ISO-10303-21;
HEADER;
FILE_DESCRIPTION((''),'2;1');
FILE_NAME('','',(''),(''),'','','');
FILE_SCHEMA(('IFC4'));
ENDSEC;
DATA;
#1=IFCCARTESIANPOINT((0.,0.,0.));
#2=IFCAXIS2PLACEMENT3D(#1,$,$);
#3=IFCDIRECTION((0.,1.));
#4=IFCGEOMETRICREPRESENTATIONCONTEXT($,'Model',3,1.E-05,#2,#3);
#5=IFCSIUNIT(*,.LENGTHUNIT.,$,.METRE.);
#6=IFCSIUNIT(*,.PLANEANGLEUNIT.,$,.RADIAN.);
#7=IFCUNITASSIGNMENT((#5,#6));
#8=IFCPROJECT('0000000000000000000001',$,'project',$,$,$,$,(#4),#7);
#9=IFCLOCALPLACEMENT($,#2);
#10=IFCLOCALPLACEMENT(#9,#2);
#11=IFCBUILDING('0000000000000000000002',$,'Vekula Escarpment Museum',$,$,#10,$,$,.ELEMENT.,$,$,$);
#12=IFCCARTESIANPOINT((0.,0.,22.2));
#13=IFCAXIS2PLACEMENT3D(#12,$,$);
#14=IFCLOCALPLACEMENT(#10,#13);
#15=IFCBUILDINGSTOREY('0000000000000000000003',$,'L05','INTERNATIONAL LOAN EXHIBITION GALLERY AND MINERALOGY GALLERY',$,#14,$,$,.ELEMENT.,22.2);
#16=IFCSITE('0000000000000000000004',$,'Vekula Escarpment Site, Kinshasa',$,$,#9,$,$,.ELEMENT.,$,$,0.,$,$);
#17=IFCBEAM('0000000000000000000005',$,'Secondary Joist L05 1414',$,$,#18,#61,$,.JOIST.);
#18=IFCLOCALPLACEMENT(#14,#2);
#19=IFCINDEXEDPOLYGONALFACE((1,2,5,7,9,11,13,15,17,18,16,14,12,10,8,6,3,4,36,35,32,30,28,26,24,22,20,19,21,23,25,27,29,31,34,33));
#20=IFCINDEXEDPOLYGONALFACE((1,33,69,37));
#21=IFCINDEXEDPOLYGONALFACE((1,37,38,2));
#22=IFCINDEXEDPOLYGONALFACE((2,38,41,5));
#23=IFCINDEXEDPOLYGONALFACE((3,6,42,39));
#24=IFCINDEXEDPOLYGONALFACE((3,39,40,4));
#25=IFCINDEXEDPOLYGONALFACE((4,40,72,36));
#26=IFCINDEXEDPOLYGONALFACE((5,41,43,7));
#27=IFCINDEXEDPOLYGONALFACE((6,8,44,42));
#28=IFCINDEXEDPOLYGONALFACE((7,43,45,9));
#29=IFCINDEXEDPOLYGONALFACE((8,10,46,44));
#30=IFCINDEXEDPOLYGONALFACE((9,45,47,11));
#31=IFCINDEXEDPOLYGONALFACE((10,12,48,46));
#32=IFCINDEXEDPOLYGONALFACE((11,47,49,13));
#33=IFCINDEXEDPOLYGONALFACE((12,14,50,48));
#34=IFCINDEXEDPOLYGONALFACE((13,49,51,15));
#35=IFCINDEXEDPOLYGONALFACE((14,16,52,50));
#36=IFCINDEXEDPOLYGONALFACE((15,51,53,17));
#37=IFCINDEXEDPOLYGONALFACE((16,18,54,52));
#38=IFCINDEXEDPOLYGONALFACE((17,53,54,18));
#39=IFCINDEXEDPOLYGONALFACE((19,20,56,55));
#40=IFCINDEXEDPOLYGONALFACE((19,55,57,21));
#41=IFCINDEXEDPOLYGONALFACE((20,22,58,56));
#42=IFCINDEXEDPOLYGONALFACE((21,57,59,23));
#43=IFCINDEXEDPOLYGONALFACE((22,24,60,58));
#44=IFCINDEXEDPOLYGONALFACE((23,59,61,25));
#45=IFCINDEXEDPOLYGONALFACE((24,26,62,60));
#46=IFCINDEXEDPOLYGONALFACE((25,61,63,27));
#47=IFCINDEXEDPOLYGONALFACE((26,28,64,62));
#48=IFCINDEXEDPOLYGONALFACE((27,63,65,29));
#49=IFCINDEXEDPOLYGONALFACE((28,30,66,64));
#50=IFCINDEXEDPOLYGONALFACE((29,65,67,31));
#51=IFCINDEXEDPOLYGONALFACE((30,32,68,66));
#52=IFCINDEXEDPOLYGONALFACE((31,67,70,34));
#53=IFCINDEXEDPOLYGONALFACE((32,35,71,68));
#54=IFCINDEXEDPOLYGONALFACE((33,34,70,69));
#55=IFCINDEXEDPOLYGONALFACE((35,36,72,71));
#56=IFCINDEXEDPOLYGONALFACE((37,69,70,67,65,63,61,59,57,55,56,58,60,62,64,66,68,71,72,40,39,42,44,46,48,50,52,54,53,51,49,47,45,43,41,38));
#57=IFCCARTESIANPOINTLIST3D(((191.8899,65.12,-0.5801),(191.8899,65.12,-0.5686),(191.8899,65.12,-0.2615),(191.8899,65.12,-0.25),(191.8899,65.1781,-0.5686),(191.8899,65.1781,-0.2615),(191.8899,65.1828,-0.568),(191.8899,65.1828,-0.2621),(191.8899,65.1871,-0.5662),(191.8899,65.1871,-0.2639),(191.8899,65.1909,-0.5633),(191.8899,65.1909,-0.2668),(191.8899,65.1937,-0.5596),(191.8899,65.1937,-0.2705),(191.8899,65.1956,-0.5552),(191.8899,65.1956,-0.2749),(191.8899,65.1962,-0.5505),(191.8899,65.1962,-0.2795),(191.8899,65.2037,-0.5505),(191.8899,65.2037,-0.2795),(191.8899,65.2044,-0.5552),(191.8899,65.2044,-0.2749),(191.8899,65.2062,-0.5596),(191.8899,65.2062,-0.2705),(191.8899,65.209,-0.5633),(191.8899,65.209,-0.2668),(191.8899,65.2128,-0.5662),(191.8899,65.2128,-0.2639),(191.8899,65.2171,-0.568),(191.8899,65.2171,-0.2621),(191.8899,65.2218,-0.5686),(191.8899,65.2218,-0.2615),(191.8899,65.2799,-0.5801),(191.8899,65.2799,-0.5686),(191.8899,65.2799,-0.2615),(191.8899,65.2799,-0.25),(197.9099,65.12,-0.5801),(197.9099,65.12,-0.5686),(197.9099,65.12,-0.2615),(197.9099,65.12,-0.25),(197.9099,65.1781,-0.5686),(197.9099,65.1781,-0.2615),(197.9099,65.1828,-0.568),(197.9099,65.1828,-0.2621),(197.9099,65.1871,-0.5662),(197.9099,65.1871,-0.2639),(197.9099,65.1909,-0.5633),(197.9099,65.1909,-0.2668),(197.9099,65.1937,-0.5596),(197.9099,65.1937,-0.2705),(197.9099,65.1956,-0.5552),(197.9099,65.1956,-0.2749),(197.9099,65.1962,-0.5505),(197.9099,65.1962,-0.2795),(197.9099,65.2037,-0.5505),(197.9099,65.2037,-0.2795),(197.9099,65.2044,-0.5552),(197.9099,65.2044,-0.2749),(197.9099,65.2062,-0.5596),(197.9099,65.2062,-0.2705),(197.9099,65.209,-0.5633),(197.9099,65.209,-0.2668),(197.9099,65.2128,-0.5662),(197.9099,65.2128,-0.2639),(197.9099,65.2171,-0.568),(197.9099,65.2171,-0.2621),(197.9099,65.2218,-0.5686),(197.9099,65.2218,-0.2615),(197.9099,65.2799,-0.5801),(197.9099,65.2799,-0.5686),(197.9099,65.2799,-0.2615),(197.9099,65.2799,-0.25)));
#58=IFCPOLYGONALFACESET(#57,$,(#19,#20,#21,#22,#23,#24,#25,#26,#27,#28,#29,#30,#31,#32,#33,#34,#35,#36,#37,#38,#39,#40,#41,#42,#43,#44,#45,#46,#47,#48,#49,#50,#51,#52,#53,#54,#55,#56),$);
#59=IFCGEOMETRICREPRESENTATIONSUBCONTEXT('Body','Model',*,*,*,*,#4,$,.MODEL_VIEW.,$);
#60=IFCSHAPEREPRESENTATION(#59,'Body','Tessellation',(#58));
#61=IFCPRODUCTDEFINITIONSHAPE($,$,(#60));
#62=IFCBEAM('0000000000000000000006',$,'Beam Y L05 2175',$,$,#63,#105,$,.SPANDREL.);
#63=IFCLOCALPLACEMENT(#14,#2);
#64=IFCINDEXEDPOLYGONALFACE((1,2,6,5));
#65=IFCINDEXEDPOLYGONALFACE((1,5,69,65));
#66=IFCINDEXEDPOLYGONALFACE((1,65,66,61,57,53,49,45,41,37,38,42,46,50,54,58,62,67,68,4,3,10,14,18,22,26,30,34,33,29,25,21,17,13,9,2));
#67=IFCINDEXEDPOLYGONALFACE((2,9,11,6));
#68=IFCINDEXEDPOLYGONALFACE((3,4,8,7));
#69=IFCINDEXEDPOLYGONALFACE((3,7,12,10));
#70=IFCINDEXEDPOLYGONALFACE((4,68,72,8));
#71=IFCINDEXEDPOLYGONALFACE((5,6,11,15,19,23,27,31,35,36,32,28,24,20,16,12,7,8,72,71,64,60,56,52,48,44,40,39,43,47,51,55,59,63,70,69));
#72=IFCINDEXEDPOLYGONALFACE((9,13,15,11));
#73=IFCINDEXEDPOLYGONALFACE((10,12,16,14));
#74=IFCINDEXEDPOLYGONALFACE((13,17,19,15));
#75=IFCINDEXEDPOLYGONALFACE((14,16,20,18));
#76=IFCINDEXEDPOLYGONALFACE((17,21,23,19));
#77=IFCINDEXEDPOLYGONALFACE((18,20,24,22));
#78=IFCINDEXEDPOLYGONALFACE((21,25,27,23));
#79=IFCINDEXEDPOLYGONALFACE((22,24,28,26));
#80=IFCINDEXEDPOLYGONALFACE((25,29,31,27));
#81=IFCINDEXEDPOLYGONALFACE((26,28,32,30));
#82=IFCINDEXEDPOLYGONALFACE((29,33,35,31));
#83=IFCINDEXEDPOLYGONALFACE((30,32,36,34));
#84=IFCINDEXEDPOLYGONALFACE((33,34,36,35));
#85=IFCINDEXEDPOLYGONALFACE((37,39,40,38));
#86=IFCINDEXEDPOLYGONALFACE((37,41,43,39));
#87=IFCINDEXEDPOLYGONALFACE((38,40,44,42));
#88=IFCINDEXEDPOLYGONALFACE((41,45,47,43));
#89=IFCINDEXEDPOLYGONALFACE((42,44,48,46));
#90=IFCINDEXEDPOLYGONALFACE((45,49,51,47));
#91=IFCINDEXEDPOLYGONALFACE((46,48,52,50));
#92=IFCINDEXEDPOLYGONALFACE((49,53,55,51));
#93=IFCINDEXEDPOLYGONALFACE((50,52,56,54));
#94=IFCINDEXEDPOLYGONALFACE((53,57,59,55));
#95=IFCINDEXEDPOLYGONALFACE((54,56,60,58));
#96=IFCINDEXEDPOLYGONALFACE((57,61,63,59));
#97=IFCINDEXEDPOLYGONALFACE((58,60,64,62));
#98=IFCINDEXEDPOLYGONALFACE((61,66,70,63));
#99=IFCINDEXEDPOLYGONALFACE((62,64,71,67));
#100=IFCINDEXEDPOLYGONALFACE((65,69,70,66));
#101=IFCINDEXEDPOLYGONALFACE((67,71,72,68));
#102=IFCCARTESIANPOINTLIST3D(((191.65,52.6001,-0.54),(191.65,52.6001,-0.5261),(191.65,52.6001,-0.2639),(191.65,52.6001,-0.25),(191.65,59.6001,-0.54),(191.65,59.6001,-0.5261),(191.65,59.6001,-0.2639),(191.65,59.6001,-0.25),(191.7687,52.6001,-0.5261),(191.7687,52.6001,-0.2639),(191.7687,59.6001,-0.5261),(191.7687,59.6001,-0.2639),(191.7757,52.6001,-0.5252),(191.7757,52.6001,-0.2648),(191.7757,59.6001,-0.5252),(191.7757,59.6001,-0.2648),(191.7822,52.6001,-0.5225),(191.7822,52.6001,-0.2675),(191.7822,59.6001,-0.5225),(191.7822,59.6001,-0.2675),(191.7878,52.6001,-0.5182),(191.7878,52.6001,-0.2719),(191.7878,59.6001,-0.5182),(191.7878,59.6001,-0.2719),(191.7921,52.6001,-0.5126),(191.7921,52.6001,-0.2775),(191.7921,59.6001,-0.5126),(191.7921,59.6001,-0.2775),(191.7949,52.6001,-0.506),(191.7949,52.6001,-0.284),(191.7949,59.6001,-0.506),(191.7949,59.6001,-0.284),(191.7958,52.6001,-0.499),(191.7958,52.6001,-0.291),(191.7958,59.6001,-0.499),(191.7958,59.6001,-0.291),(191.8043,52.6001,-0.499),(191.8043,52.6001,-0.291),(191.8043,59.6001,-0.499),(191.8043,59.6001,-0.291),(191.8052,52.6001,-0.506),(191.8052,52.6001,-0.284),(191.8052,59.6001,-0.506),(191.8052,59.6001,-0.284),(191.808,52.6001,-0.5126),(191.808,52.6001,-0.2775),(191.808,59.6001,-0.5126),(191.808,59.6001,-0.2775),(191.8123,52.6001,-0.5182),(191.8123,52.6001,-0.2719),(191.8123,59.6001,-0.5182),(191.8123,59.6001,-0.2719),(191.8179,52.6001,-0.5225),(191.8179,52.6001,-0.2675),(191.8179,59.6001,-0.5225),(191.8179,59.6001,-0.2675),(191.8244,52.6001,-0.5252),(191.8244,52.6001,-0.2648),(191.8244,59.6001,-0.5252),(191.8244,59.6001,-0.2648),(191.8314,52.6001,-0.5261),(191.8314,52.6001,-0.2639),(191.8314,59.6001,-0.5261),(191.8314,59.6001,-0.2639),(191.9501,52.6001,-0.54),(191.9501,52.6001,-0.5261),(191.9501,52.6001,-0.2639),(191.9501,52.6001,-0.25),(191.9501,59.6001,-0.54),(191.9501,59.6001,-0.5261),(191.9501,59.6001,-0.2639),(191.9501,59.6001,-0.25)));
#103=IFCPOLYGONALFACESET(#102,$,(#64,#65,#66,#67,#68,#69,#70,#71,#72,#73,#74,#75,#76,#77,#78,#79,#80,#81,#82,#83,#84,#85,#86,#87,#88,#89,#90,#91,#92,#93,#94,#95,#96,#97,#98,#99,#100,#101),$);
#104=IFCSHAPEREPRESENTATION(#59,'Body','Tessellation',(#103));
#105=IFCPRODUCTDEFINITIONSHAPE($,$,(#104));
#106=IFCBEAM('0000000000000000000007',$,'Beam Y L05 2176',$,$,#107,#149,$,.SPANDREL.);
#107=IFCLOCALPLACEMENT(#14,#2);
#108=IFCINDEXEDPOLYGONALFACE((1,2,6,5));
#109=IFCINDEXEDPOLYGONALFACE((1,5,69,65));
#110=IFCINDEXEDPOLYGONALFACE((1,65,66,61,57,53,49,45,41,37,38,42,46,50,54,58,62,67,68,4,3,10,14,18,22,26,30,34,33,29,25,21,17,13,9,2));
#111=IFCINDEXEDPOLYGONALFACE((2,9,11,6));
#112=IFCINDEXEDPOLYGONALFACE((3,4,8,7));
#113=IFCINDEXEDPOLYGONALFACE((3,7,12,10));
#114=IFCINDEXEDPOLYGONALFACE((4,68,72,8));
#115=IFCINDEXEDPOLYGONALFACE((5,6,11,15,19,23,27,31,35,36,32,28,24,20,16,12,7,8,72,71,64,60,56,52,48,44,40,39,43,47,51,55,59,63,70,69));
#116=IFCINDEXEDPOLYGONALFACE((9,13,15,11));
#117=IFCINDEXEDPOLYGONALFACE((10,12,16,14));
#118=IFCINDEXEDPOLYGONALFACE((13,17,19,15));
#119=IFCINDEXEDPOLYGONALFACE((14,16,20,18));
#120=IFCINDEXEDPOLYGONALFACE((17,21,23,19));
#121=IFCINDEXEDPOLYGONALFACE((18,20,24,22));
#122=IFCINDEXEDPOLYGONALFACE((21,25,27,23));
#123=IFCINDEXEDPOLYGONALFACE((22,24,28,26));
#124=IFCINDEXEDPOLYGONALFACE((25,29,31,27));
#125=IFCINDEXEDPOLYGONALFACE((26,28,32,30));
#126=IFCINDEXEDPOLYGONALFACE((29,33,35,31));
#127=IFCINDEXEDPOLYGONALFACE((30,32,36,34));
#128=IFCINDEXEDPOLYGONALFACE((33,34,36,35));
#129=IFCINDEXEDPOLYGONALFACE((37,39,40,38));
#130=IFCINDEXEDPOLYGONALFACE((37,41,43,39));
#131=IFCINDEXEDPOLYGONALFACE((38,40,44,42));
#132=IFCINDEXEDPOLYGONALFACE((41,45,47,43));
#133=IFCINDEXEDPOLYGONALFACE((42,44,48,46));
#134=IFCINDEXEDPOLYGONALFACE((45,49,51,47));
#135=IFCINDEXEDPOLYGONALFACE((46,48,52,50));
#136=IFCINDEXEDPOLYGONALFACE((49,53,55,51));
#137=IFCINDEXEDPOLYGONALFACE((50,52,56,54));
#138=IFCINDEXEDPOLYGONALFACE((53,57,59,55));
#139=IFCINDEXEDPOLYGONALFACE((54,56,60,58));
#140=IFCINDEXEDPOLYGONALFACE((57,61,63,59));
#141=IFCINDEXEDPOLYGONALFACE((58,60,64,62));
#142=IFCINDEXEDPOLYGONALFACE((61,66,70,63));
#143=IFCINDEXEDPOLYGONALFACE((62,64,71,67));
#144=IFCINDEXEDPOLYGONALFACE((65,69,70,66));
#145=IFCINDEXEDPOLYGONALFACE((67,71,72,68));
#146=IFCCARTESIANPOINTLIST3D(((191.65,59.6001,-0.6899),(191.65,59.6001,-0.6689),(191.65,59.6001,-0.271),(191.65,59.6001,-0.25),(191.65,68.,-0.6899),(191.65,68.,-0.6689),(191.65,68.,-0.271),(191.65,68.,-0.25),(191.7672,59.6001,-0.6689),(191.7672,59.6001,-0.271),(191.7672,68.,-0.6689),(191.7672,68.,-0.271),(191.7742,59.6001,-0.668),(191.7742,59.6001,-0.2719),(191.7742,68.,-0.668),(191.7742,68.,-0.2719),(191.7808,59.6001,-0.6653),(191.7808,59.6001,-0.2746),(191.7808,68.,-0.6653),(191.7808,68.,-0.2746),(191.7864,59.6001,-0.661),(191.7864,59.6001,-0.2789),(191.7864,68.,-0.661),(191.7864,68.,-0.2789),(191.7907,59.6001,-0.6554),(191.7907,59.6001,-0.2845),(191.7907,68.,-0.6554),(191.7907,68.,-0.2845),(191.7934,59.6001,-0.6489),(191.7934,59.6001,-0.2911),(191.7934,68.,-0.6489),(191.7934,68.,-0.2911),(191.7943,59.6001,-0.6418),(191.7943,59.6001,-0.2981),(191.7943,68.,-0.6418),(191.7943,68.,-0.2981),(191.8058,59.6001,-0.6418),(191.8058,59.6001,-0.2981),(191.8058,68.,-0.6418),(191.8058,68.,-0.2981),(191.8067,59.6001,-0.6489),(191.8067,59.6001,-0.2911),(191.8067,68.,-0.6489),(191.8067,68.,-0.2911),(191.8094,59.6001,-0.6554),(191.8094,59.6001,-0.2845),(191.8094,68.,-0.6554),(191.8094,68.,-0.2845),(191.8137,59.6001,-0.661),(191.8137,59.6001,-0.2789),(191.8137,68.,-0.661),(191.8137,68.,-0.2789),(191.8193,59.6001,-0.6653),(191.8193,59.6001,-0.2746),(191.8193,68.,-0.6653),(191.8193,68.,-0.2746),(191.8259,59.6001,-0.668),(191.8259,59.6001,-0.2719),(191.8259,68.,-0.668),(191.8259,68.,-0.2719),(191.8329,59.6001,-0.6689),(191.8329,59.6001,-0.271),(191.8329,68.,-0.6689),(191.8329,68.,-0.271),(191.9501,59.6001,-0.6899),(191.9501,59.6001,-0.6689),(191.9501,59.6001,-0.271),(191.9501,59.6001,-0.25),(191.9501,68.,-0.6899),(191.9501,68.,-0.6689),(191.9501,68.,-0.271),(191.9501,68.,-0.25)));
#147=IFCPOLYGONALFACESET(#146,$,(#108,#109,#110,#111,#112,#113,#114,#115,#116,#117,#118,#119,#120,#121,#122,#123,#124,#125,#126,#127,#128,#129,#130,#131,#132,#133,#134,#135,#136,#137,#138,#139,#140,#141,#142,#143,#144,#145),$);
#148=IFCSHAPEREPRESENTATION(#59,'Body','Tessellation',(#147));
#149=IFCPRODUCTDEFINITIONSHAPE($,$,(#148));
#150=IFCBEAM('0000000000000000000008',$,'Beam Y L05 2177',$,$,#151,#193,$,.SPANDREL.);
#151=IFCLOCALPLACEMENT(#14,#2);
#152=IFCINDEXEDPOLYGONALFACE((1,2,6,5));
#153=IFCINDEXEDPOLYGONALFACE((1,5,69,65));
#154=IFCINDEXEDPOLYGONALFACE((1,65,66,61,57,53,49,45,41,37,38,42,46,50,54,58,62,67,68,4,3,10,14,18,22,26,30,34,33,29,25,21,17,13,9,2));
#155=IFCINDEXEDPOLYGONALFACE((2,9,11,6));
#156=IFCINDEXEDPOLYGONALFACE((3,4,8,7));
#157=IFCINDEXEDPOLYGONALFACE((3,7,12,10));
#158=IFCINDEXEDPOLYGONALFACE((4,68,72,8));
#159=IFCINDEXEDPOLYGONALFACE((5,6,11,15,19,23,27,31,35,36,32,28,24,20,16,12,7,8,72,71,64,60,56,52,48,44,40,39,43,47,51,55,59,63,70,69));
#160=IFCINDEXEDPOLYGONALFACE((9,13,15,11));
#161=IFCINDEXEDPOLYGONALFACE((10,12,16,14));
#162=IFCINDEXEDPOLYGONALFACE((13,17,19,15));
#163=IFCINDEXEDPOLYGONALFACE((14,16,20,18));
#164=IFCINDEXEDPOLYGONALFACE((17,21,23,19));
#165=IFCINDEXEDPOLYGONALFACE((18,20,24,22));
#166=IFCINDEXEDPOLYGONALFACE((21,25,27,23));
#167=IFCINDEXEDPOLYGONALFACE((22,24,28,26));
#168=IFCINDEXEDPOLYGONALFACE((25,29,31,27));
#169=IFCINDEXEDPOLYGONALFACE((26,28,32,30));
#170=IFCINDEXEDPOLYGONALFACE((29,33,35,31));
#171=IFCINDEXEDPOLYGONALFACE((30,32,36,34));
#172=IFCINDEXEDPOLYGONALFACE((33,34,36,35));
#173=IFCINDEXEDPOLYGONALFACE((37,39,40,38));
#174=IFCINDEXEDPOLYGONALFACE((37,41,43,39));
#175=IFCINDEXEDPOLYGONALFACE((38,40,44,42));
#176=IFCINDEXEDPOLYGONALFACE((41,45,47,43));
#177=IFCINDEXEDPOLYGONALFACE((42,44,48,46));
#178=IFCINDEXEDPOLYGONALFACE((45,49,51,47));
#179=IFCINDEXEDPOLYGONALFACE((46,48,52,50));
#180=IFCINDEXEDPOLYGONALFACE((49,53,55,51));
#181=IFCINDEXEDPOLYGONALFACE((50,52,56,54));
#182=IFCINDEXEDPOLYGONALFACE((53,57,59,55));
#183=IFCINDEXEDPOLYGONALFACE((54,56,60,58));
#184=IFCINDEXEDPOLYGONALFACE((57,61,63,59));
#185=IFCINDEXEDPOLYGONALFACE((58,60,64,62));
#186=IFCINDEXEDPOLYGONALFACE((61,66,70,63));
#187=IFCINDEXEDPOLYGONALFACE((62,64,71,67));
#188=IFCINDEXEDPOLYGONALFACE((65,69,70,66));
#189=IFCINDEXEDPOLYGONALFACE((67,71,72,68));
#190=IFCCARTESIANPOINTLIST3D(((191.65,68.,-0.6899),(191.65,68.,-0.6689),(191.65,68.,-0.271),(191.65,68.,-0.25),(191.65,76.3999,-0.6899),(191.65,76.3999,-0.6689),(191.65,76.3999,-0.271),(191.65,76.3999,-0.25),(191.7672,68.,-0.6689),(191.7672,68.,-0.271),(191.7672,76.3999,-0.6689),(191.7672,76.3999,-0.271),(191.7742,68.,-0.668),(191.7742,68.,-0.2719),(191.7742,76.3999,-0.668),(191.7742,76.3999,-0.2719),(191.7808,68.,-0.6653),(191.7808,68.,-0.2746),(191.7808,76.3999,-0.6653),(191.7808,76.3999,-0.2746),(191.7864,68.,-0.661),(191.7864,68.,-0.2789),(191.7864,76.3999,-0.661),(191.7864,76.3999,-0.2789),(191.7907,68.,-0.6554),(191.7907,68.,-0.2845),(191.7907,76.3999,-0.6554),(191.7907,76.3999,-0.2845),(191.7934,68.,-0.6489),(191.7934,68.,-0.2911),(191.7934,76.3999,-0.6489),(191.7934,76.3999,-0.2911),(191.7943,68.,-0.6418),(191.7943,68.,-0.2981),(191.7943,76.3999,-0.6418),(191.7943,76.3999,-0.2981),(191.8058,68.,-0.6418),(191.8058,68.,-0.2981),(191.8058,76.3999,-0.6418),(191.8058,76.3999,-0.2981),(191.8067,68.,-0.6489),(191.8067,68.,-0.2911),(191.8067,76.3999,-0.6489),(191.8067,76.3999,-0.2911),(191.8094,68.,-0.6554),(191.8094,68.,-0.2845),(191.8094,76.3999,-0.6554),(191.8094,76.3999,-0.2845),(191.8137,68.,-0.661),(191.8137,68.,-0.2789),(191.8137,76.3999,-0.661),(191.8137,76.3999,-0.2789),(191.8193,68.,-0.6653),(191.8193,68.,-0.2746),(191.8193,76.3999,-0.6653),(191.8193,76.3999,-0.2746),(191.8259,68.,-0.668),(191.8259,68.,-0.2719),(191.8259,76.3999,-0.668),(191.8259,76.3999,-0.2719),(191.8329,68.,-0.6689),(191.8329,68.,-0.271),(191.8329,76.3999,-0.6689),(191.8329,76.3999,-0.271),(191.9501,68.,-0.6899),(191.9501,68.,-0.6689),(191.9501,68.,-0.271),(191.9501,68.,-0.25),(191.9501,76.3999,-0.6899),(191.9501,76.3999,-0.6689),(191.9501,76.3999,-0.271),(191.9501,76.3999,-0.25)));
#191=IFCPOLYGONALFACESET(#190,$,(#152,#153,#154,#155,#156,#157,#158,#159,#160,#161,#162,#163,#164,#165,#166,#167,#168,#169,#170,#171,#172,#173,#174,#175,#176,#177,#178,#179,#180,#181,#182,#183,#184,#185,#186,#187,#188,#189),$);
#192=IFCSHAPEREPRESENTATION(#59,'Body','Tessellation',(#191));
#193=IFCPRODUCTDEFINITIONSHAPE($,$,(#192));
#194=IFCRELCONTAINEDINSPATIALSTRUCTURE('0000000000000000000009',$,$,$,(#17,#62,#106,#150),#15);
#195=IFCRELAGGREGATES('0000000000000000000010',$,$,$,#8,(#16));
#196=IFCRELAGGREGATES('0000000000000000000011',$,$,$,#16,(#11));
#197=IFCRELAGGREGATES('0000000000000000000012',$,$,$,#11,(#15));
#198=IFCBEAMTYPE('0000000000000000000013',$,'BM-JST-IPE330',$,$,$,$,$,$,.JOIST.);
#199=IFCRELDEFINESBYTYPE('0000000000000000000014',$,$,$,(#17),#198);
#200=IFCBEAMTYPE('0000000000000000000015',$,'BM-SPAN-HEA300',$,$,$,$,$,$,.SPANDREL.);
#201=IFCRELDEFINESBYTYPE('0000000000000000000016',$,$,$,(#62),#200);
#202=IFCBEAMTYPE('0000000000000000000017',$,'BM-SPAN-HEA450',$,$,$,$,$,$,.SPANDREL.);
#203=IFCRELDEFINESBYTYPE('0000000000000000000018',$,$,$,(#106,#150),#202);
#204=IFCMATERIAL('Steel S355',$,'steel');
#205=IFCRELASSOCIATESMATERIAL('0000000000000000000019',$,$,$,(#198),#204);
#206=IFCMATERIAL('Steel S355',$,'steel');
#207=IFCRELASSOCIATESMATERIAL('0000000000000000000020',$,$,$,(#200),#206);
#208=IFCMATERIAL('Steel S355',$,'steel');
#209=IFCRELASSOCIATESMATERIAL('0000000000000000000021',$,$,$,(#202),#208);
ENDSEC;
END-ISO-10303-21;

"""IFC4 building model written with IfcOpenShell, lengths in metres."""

from ifc_helpers import new_model, si_unit, direction, frame, origin, origin_2d, place, context, subcontext, project, spatial, i_section, extrude, material, material_profile, profile_set, type_object, element, save


model = new_model("IFC4")

# Units and contexts
model_context = context("Model", 3, precision=1e-05, world=origin(), true_north=direction((0.0, 1.0)))
body_context = subcontext(model_context, "Body", "Model", "MODEL_VIEW")
ifc_project = project(units=[si_unit("LENGTHUNIT", "METRE"), si_unit("PLANEANGLEUNIT", "RADIAN")], contexts=[model_context])

# Site, building, storey
site_placement = place(None, origin())
site = spatial("IfcSite", under=ifc_project, at=site_placement, Name="Vekula Escarpment Site, Kinshasa", CompositionType="ELEMENT", RefElevation=0.0)
building_placement = place(site_placement, origin())
building = spatial("IfcBuilding", under=site, at=building_placement, Name="Vekula Escarpment Museum", CompositionType="ELEMENT")
storey_placement = place(building_placement, frame((0.0, 0.0, 22.2)))
storey = spatial("IfcBuildingStorey", under=building, at=storey_placement, Name="L05", Description="INTERNATIONAL LOAN EXHIBITION GALLERY AND MINERALOGY GALLERY", CompositionType="ELEMENT", Elevation=22.2)

# Beams
ifc_material_1 = material(Name="Steel S355", Category="steel")
ifc_material_profile_1 = material_profile(ifc_material_1, i_section(OverallWidth=0.1599, OverallDepth=0.3301, WebThickness=0.0076, FlangeThickness=0.0115, FilletRadius=0.0181, at=origin_2d()), Name="IPE 330")
ifc_profile_set_1 = profile_set([ifc_material_profile_1], Name="Steel S355")
beam_type_1 = type_object("IfcBeamType", Name="BM-JST-IPE330", PredefinedType="JOIST", material=ifc_profile_set_1)
for number, where, z_axis, x_axis, name in (
    (1, (191.8899, 65.2, -0.415), (1.0, 0.0, 0.0), (0.0, 1.0, 0.0), "Secondary Joist L05 1414"),
):
    element("IfcBeam", number, at=place(storey_placement, frame(where, z_axis=z_axis, x_axis=x_axis)), inside=storey, type_object=beam_type_1, Name=name, PredefinedType="JOIST", context=body_context, shape_type="SweptSolid", body=[
        extrude(i_section(OverallWidth=0.1599, OverallDepth=0.3301, WebThickness=0.0076, FlangeThickness=0.0115, FilletRadius=0.0181, at=origin_2d()), origin(), (0.0, 0.0, 1.0), 6.02),
    ])
ifc_material_2 = material(Name="Steel S355", Category="steel")
ifc_material_profile_2 = material_profile(ifc_material_2, i_section(OverallWidth=0.3, OverallDepth=0.29, WebThickness=0.0085, FlangeThickness=0.0139, FilletRadius=0.0271, at=origin_2d()), Name="HEA 300")
ifc_profile_set_2 = profile_set([ifc_material_profile_2], Name="Steel S355")
beam_type_2 = type_object("IfcBeamType", Name="BM-SPAN-HEA300", PredefinedType="SPANDREL", material=ifc_profile_set_2)
beam_placement = place(storey_placement, frame((191.8, 52.6001, -0.395), z_axis=(0.0, 1.0, 0.0), x_axis=(-1.0, 0.0, 0.0)))
element("IfcBeam", 2, at=beam_placement, inside=storey, type_object=beam_type_2, Name="Beam Y L05 2175", PredefinedType="SPANDREL", context=body_context, shape_type="SweptSolid", body=[
    extrude(i_section(OverallWidth=0.3, OverallDepth=0.29, WebThickness=0.0085, FlangeThickness=0.0139, FilletRadius=0.0271, at=origin_2d()), origin(), (0.0, 0.0, 1.0), 7.0),
])
ifc_material_3 = material(Name="Steel S355", Category="steel")
ifc_material_profile_3 = material_profile(ifc_material_3, i_section(OverallWidth=0.3, OverallDepth=0.4399, WebThickness=0.0115, FlangeThickness=0.021, FilletRadius=0.0271, at=origin_2d()), Name="HEA 450")
ifc_profile_set_3 = profile_set([ifc_material_profile_3], Name="Steel S355")
beam_type_3 = type_object("IfcBeamType", Name="BM-SPAN-HEA450", PredefinedType="SPANDREL", material=ifc_profile_set_3)
for number, where, z_axis, x_axis, name in (
    (3, (191.8, 59.6001, -0.47), (0.0, 1.0, 0.0), (-1.0, 0.0, 0.0), "Beam Y L05 2176"),
    (4, (191.8, 68.0, -0.47), (0.0, 1.0, 0.0), (-1.0, 0.0, 0.0), "Beam Y L05 2177"),
):
    element("IfcBeam", number, at=place(storey_placement, frame(where, z_axis=z_axis, x_axis=x_axis)), inside=storey, type_object=beam_type_3, Name=name, PredefinedType="SPANDREL", context=body_context, shape_type="SweptSolid", body=[
        extrude(i_section(OverallWidth=0.3, OverallDepth=0.4399, WebThickness=0.0115, FlangeThickness=0.021, FilletRadius=0.0271, at=origin_2d()), origin(), (0.0, 0.0, 1.0), 8.3999),
    ])

save(model, "model.ifc")
